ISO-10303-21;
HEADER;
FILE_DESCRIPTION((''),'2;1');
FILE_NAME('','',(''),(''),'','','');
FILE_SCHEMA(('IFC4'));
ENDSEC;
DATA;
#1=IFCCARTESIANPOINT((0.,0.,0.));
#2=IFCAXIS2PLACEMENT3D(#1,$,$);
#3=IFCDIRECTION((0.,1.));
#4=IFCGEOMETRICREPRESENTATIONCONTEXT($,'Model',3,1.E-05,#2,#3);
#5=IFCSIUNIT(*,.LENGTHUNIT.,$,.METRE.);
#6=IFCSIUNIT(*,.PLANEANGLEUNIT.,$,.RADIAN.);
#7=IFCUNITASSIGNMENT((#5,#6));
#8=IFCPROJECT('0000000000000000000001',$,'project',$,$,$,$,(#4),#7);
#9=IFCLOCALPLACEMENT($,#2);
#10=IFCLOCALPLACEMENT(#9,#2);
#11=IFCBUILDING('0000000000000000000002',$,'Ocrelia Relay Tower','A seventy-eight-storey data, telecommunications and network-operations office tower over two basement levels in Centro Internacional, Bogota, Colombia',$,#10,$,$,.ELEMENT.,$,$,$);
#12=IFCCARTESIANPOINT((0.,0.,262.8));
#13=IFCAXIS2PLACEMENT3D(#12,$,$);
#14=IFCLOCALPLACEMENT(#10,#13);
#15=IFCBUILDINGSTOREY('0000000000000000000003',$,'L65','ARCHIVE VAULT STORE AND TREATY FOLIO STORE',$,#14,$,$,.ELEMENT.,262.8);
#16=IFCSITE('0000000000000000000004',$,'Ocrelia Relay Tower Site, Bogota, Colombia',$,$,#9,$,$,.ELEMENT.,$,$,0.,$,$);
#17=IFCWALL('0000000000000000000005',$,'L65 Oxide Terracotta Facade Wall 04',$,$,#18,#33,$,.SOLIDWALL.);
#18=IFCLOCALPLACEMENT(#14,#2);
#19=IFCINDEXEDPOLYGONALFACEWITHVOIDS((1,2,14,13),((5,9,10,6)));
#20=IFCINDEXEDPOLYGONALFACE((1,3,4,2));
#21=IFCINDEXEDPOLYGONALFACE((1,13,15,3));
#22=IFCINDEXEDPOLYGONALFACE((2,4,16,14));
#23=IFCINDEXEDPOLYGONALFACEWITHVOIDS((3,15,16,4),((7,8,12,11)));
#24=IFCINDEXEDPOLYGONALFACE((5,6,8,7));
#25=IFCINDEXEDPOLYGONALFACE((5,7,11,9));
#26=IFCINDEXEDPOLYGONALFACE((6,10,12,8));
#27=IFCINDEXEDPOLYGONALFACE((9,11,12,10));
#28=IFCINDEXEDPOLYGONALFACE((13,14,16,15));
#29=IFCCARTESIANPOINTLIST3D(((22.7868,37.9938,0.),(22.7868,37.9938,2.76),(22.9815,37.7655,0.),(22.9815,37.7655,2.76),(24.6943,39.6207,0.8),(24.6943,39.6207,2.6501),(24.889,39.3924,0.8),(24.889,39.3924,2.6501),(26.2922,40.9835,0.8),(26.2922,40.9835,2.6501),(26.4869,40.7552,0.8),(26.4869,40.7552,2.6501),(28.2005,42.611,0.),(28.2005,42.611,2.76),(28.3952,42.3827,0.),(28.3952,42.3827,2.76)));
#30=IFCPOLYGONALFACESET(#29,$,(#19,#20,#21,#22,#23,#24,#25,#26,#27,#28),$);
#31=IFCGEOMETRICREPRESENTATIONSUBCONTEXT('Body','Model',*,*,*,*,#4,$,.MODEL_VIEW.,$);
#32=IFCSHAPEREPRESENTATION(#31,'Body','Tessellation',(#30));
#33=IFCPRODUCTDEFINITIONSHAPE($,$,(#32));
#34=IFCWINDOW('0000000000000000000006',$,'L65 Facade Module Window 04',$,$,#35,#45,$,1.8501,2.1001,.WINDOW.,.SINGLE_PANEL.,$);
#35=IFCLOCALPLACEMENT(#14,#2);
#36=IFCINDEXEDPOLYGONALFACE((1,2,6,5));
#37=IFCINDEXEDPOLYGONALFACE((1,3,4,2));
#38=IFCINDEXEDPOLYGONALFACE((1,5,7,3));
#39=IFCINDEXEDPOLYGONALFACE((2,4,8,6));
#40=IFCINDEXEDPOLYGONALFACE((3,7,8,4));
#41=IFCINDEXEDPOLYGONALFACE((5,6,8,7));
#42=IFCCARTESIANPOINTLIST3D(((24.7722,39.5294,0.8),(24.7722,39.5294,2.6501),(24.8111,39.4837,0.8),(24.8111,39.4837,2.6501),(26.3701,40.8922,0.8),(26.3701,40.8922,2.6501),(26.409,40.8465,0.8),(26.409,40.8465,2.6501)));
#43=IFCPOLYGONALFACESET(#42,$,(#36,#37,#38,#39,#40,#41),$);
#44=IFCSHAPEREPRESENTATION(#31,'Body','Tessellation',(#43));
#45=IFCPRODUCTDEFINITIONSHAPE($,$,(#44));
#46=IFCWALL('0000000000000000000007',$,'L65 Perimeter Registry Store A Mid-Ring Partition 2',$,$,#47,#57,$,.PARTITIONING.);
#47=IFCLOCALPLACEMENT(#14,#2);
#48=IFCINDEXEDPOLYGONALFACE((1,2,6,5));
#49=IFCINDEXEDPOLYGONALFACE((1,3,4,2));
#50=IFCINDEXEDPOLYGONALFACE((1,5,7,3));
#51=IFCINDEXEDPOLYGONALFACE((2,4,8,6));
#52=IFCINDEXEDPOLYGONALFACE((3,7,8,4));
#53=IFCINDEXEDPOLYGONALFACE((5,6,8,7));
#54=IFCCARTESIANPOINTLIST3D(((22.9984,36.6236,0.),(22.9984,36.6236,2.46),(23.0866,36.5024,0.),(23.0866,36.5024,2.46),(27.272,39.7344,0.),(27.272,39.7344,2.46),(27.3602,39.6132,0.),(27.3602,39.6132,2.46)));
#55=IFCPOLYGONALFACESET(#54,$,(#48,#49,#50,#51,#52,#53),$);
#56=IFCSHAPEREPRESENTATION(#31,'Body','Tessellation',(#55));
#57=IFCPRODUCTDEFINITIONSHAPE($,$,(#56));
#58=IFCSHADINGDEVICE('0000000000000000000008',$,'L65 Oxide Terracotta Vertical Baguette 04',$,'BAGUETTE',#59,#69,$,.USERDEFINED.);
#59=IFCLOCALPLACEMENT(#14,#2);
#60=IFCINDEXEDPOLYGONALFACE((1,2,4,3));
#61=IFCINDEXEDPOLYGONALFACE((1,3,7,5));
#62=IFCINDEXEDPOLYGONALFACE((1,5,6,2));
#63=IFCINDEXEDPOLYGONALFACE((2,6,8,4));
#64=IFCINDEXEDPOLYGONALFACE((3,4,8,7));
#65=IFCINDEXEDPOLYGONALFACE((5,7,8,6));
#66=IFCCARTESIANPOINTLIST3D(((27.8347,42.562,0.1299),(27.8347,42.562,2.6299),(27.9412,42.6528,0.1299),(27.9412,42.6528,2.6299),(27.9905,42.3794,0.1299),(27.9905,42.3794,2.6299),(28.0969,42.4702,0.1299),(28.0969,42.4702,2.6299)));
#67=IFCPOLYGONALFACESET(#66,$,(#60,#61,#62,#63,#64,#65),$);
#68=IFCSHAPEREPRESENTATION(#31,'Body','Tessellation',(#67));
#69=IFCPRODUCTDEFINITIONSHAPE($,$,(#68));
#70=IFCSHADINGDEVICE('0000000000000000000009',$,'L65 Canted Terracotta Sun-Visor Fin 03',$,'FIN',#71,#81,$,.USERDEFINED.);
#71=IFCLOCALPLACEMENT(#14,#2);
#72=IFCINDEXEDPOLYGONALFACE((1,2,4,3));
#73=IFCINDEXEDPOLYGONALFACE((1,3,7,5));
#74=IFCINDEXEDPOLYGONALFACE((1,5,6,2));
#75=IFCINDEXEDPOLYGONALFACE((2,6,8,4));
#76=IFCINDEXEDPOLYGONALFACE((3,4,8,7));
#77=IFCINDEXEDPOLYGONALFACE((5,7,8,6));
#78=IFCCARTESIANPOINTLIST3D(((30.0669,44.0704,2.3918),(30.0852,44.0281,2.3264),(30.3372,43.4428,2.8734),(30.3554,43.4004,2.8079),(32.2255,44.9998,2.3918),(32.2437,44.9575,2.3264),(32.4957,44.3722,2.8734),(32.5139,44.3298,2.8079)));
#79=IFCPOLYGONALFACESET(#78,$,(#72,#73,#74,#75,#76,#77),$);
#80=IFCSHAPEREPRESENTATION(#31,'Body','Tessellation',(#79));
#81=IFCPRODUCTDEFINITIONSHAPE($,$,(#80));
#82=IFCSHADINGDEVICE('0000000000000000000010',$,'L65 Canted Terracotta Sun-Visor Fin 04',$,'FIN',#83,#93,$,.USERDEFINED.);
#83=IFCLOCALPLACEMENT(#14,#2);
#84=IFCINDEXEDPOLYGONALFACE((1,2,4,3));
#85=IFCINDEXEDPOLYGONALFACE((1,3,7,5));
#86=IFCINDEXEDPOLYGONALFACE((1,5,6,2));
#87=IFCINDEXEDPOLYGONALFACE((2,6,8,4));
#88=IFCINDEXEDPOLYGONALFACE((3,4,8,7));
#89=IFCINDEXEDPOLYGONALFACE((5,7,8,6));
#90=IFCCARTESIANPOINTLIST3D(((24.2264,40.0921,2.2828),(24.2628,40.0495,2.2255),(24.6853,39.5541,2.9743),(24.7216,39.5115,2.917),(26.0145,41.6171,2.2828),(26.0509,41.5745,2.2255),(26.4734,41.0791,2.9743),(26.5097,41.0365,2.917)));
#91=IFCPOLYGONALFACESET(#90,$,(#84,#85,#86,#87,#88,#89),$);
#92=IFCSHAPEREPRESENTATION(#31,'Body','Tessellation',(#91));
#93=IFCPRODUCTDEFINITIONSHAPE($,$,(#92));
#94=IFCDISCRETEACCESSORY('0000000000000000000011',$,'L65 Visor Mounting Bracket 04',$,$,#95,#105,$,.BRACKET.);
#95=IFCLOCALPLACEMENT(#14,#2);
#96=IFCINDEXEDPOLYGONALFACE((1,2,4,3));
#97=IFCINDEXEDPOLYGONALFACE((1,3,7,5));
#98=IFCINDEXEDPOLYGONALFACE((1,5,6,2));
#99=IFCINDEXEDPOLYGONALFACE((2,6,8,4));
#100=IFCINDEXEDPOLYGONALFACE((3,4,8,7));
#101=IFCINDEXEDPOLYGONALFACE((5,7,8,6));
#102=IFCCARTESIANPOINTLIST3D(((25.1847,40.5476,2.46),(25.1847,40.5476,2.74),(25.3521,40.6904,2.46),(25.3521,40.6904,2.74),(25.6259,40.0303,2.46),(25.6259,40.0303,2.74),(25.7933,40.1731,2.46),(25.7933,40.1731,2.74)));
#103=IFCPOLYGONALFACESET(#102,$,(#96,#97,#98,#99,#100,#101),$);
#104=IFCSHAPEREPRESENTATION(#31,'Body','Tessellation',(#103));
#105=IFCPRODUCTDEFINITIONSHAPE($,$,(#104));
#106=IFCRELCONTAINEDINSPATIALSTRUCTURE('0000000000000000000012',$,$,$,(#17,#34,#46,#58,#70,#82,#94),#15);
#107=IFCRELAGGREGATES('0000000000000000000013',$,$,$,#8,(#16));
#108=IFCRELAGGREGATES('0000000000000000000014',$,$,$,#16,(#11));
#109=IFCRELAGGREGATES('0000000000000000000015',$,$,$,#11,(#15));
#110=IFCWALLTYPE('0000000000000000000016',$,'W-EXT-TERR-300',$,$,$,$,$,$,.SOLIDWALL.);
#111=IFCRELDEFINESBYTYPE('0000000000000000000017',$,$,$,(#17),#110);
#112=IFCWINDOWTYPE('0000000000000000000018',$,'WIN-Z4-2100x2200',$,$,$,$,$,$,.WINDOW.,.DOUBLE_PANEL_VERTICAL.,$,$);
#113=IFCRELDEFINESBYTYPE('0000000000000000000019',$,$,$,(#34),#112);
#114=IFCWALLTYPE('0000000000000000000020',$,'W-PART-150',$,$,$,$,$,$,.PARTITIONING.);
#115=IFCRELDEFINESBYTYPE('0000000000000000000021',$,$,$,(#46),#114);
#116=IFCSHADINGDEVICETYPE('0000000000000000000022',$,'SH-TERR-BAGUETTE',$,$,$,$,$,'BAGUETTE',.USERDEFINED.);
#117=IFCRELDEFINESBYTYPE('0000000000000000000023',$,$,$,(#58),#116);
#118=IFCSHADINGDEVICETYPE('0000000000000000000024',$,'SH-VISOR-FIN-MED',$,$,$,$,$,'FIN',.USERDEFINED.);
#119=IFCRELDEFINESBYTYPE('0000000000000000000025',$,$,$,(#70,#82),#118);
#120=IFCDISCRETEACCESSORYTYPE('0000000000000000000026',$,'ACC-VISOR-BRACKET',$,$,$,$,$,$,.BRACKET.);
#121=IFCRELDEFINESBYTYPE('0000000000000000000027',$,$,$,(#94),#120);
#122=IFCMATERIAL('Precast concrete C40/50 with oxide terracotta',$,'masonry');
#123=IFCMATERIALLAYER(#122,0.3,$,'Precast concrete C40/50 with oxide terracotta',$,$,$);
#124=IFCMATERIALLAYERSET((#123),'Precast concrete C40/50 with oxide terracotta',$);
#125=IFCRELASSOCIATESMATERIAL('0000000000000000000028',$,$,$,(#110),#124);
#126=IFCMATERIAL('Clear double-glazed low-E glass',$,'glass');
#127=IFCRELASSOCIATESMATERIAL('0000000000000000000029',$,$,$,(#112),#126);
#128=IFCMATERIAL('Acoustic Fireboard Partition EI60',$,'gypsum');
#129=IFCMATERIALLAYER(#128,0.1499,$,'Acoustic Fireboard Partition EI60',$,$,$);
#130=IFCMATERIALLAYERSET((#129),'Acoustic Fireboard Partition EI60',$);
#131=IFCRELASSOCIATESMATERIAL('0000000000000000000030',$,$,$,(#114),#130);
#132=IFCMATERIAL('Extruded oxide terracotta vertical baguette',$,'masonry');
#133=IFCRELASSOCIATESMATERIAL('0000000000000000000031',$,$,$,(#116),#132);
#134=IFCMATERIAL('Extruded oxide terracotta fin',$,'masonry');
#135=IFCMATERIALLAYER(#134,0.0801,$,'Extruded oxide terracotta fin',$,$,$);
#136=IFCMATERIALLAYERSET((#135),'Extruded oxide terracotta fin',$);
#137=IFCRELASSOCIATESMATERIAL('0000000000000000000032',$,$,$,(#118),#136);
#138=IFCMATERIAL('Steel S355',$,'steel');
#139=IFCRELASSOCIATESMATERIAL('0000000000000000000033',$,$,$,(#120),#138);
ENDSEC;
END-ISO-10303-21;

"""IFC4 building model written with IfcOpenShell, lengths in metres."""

from ifc_helpers import new_model, si_unit, direction, frame, frame_2d, origin, origin_2d, place, context, subcontext, project, spatial, rectangle, extrude, material, layer, layer_set, type_object, element, fill, save


model = new_model("IFC4")

# Units and contexts
model_context = context("Model", 3, precision=1e-05, world=origin(), true_north=direction((0.0, 1.0)))
body_context = subcontext(model_context, "Body", "Model", "MODEL_VIEW")
ifc_project = project(units=[si_unit("LENGTHUNIT", "METRE"), si_unit("PLANEANGLEUNIT", "RADIAN")], contexts=[model_context])

# Site, building, storey
site_placement = place(None, origin())
site = spatial("IfcSite", under=ifc_project, at=site_placement, Name="Ocrelia Relay Tower Site, Bogota, Colombia", CompositionType="ELEMENT", RefElevation=0.0)
building_placement = place(site_placement, origin())
building = spatial("IfcBuilding", under=site, at=building_placement, Name="Ocrelia Relay Tower", Description="A seventy-eight-storey data, telecommunications and network-operations office tower over two basement levels in Centro Internacional, Bogota, Colombia", CompositionType="ELEMENT")
storey_placement = place(building_placement, frame((0.0, 0.0, 262.8)))
storey = spatial("IfcBuildingStorey", under=building, at=storey_placement, Name="L65", Description="ARCHIVE VAULT STORE AND TREATY FOLIO STORE", CompositionType="ELEMENT", Elevation=262.8)

# Shared definitions
ifc_material_1 = material(Name="Steel S355", Category="steel")

# Wall, opening, window
ifc_material_2 = material(Name="Precast concrete C40/50 with oxide terracotta", Category="masonry")
ifc_layer_1 = layer(ifc_material_2, 0.3, Name="Precast concrete C40/50 with oxide terracotta")
ifc_layer_set_1 = layer_set([ifc_layer_1], Name="Precast concrete C40/50 with oxide terracotta")
wall_type_1 = type_object("IfcWallType", Name="W-EXT-TERR-300", PredefinedType="SOLIDWALL", material=ifc_layer_set_1)
wall_1_placement = place(storey_placement, frame((28.2979, 42.4968, 0.0), z_axis=(0.0, 0.0, 1.0), x_axis=(-0.760867, -0.648907, 0.0)))
wall_1 = element("IfcWall", 1, at=wall_1_placement, inside=storey, type_object=wall_type_1, Name="L65 Oxide Terracotta Facade Wall 04", PredefinedType="SOLIDWALL", context=body_context, shape_type="SweptSolid", body=[
    extrude(rectangle(XDim=7.1152, YDim=0.3, at=frame_2d((3.5576, 0.0))), origin(), (0.0, 0.0, 1.0), 2.76),
])
opening_1_placement = place(wall_1_placement, frame((2.5081, 0.0, 0.8)))
opening_1 = element("IfcOpeningElement", 2, at=opening_1_placement, cuts=wall_1, PredefinedType="OPENING", context=body_context, shape_type="SweptSolid", body=[
    extrude(rectangle(XDim=2.1001, YDim=1.8501, at=frame_2d((1.05, 0.925))), frame((0.0, 0.1602, 0.0), z_axis=(0.0, -1.0, 0.0), x_axis=(1.0, 0.0, 0.0)), (0.0, 0.0, 1.0), 0.3201),
])
ifc_material_3 = material(Name="Clear double-glazed low-E glass", Category="glass")
window_type = type_object("IfcWindowType", Name="WIN-Z4-2100x2200", PartitioningType="DOUBLE_PANEL_VERTICAL", PredefinedType="WINDOW", material=ifc_material_3)
window_placement = place(opening_1_placement, origin())
window = element("IfcWindow", 3, at=window_placement, inside=storey, type_object=window_type, Name="L65 Facade Module Window 04", OverallHeight=1.8501, OverallWidth=2.1001, PartitioningType="SINGLE_PANEL", PredefinedType="WINDOW", context=body_context, shape_type="SweptSolid", body=[
    extrude(rectangle(XDim=2.1001, YDim=1.8501, at=frame_2d((1.05, 0.925))), frame((0.0, 0.03, 0.0), z_axis=(0.0, -1.0, 0.0), x_axis=(1.0, 0.0, 0.0)), (0.0, 0.0, 1.0), 0.0601),
])
fill(opening_1, window)

# Wall
ifc_material_4 = material(Name="Acoustic Fireboard Partition EI60", Category="gypsum")
ifc_layer_2 = layer(ifc_material_4, 0.1499, Name="Acoustic Fireboard Partition EI60")
ifc_layer_set_2 = layer_set([ifc_layer_2], Name="Acoustic Fireboard Partition EI60")
wall_type_2 = type_object("IfcWallType", Name="W-PART-150", PredefinedType="PARTITIONING", material=ifc_layer_set_2)
wall_2_placement = place(storey_placement, frame((27.3162, 39.6738, 0.0), z_axis=(0.0, 0.0, 1.0), x_axis=(-0.808492, -0.588507, 0.0)))
element("IfcWall", 4, at=wall_2_placement, inside=storey, type_object=wall_type_2, Name="L65 Perimeter Registry Store A Mid-Ring Partition 2", PredefinedType="PARTITIONING", context=body_context, shape_type="SweptSolid", body=[
    extrude(rectangle(XDim=5.2859, YDim=0.1499, at=frame_2d((2.6431, 0.0))), origin(), (0.0, 0.0, 1.0), 2.46),
])

# Shading devices
ifc_material_5 = material(Name="Extruded oxide terracotta vertical baguette", Category="masonry")
shading_device_type_1 = type_object("IfcShadingDeviceType", Name="SH-TERR-BAGUETTE", ElementType="BAGUETTE", PredefinedType="USERDEFINED", material=ifc_material_5)
shading_device_1_placement = place(storey_placement, frame((27.9658, 42.5161, 0.1299), z_axis=(0.0, 0.0, 1.0), x_axis=(-0.760866, -0.648909, 0.0)))
element("IfcShadingDevice", 5, at=shading_device_1_placement, inside=storey, type_object=shading_device_type_1, Name="L65 Oxide Terracotta Vertical Baguette 04", ObjectType="BAGUETTE", PredefinedType="USERDEFINED", context=body_context, shape_type="SweptSolid", body=[
    extrude(rectangle(XDim=0.1399, YDim=0.24, at=origin_2d()), origin(), (0.0, 0.0, 1.0), 2.5),
])
ifc_material_6 = material(Name="Extruded oxide terracotta fin", Category="masonry")
ifc_layer_3 = layer(ifc_material_6, 0.0801, Name="Extruded oxide terracotta fin")
ifc_layer_set_3 = layer_set([ifc_layer_3], Name="Extruded oxide terracotta fin")
shading_device_type_2 = type_object("IfcShadingDeviceType", Name="SH-VISOR-FIN-MED", ElementType="FIN", PredefinedType="USERDEFINED", material=ifc_layer_set_3)
shading_device_2_placement = place(storey_placement, frame((31.2996, 44.179, 2.5671), z_axis=(-0.227795, 0.529047, 0.817447), x_axis=(-0.918477, -0.395474, 0.0)))
element("IfcShadingDevice", 6, at=shading_device_2_placement, inside=storey, type_object=shading_device_type_2, Name="L65 Canted Terracotta Sun-Visor Fin 03", ObjectType="FIN", PredefinedType="USERDEFINED", context=body_context, shape_type="SweptSolid", body=[
    extrude(rectangle(XDim=2.3501, YDim=0.8359, at=origin_2d()), origin(), (0.0, 0.0, 1.0), 0.0801),
])
shading_device_3_placement = place(storey_placement, frame((25.3862, 40.543, 2.5713), z_axis=(-0.453694, 0.531971, 0.714961), x_axis=(-0.760866, -0.648909, 0.0)))
element("IfcShadingDevice", 7, at=shading_device_3_placement, inside=storey, type_object=shading_device_type_2, Name="L65 Canted Terracotta Sun-Visor Fin 04", ObjectType="FIN", PredefinedType="USERDEFINED", context=body_context, shape_type="SweptSolid", body=[
    extrude(rectangle(XDim=2.3501, YDim=0.989, at=origin_2d()), origin(), (0.0, 0.0, 1.0), 0.0801),
])

# Discrete accessory
discrete_accessory_type = type_object("IfcDiscreteAccessoryType", Name="ACC-VISOR-BRACKET", PredefinedType="BRACKET", material=ifc_material_1)
discrete_accessory_placement = place(storey_placement, frame((25.489, 40.3604, 2.46), z_axis=(0.0, 0.0, 1.0), x_axis=(-0.760866, -0.648909, 0.0)))
element("IfcDiscreteAccessory", 8, at=discrete_accessory_placement, inside=storey, type_object=discrete_accessory_type, Name="L65 Visor Mounting Bracket 04", PredefinedType="BRACKET", context=body_context, shape_type="SweptSolid", body=[
    extrude(rectangle(XDim=0.22, YDim=0.6799, at=origin_2d()), origin(), (0.0, 0.0, 1.0), 0.28),
])

save(model, "model.ifc")
